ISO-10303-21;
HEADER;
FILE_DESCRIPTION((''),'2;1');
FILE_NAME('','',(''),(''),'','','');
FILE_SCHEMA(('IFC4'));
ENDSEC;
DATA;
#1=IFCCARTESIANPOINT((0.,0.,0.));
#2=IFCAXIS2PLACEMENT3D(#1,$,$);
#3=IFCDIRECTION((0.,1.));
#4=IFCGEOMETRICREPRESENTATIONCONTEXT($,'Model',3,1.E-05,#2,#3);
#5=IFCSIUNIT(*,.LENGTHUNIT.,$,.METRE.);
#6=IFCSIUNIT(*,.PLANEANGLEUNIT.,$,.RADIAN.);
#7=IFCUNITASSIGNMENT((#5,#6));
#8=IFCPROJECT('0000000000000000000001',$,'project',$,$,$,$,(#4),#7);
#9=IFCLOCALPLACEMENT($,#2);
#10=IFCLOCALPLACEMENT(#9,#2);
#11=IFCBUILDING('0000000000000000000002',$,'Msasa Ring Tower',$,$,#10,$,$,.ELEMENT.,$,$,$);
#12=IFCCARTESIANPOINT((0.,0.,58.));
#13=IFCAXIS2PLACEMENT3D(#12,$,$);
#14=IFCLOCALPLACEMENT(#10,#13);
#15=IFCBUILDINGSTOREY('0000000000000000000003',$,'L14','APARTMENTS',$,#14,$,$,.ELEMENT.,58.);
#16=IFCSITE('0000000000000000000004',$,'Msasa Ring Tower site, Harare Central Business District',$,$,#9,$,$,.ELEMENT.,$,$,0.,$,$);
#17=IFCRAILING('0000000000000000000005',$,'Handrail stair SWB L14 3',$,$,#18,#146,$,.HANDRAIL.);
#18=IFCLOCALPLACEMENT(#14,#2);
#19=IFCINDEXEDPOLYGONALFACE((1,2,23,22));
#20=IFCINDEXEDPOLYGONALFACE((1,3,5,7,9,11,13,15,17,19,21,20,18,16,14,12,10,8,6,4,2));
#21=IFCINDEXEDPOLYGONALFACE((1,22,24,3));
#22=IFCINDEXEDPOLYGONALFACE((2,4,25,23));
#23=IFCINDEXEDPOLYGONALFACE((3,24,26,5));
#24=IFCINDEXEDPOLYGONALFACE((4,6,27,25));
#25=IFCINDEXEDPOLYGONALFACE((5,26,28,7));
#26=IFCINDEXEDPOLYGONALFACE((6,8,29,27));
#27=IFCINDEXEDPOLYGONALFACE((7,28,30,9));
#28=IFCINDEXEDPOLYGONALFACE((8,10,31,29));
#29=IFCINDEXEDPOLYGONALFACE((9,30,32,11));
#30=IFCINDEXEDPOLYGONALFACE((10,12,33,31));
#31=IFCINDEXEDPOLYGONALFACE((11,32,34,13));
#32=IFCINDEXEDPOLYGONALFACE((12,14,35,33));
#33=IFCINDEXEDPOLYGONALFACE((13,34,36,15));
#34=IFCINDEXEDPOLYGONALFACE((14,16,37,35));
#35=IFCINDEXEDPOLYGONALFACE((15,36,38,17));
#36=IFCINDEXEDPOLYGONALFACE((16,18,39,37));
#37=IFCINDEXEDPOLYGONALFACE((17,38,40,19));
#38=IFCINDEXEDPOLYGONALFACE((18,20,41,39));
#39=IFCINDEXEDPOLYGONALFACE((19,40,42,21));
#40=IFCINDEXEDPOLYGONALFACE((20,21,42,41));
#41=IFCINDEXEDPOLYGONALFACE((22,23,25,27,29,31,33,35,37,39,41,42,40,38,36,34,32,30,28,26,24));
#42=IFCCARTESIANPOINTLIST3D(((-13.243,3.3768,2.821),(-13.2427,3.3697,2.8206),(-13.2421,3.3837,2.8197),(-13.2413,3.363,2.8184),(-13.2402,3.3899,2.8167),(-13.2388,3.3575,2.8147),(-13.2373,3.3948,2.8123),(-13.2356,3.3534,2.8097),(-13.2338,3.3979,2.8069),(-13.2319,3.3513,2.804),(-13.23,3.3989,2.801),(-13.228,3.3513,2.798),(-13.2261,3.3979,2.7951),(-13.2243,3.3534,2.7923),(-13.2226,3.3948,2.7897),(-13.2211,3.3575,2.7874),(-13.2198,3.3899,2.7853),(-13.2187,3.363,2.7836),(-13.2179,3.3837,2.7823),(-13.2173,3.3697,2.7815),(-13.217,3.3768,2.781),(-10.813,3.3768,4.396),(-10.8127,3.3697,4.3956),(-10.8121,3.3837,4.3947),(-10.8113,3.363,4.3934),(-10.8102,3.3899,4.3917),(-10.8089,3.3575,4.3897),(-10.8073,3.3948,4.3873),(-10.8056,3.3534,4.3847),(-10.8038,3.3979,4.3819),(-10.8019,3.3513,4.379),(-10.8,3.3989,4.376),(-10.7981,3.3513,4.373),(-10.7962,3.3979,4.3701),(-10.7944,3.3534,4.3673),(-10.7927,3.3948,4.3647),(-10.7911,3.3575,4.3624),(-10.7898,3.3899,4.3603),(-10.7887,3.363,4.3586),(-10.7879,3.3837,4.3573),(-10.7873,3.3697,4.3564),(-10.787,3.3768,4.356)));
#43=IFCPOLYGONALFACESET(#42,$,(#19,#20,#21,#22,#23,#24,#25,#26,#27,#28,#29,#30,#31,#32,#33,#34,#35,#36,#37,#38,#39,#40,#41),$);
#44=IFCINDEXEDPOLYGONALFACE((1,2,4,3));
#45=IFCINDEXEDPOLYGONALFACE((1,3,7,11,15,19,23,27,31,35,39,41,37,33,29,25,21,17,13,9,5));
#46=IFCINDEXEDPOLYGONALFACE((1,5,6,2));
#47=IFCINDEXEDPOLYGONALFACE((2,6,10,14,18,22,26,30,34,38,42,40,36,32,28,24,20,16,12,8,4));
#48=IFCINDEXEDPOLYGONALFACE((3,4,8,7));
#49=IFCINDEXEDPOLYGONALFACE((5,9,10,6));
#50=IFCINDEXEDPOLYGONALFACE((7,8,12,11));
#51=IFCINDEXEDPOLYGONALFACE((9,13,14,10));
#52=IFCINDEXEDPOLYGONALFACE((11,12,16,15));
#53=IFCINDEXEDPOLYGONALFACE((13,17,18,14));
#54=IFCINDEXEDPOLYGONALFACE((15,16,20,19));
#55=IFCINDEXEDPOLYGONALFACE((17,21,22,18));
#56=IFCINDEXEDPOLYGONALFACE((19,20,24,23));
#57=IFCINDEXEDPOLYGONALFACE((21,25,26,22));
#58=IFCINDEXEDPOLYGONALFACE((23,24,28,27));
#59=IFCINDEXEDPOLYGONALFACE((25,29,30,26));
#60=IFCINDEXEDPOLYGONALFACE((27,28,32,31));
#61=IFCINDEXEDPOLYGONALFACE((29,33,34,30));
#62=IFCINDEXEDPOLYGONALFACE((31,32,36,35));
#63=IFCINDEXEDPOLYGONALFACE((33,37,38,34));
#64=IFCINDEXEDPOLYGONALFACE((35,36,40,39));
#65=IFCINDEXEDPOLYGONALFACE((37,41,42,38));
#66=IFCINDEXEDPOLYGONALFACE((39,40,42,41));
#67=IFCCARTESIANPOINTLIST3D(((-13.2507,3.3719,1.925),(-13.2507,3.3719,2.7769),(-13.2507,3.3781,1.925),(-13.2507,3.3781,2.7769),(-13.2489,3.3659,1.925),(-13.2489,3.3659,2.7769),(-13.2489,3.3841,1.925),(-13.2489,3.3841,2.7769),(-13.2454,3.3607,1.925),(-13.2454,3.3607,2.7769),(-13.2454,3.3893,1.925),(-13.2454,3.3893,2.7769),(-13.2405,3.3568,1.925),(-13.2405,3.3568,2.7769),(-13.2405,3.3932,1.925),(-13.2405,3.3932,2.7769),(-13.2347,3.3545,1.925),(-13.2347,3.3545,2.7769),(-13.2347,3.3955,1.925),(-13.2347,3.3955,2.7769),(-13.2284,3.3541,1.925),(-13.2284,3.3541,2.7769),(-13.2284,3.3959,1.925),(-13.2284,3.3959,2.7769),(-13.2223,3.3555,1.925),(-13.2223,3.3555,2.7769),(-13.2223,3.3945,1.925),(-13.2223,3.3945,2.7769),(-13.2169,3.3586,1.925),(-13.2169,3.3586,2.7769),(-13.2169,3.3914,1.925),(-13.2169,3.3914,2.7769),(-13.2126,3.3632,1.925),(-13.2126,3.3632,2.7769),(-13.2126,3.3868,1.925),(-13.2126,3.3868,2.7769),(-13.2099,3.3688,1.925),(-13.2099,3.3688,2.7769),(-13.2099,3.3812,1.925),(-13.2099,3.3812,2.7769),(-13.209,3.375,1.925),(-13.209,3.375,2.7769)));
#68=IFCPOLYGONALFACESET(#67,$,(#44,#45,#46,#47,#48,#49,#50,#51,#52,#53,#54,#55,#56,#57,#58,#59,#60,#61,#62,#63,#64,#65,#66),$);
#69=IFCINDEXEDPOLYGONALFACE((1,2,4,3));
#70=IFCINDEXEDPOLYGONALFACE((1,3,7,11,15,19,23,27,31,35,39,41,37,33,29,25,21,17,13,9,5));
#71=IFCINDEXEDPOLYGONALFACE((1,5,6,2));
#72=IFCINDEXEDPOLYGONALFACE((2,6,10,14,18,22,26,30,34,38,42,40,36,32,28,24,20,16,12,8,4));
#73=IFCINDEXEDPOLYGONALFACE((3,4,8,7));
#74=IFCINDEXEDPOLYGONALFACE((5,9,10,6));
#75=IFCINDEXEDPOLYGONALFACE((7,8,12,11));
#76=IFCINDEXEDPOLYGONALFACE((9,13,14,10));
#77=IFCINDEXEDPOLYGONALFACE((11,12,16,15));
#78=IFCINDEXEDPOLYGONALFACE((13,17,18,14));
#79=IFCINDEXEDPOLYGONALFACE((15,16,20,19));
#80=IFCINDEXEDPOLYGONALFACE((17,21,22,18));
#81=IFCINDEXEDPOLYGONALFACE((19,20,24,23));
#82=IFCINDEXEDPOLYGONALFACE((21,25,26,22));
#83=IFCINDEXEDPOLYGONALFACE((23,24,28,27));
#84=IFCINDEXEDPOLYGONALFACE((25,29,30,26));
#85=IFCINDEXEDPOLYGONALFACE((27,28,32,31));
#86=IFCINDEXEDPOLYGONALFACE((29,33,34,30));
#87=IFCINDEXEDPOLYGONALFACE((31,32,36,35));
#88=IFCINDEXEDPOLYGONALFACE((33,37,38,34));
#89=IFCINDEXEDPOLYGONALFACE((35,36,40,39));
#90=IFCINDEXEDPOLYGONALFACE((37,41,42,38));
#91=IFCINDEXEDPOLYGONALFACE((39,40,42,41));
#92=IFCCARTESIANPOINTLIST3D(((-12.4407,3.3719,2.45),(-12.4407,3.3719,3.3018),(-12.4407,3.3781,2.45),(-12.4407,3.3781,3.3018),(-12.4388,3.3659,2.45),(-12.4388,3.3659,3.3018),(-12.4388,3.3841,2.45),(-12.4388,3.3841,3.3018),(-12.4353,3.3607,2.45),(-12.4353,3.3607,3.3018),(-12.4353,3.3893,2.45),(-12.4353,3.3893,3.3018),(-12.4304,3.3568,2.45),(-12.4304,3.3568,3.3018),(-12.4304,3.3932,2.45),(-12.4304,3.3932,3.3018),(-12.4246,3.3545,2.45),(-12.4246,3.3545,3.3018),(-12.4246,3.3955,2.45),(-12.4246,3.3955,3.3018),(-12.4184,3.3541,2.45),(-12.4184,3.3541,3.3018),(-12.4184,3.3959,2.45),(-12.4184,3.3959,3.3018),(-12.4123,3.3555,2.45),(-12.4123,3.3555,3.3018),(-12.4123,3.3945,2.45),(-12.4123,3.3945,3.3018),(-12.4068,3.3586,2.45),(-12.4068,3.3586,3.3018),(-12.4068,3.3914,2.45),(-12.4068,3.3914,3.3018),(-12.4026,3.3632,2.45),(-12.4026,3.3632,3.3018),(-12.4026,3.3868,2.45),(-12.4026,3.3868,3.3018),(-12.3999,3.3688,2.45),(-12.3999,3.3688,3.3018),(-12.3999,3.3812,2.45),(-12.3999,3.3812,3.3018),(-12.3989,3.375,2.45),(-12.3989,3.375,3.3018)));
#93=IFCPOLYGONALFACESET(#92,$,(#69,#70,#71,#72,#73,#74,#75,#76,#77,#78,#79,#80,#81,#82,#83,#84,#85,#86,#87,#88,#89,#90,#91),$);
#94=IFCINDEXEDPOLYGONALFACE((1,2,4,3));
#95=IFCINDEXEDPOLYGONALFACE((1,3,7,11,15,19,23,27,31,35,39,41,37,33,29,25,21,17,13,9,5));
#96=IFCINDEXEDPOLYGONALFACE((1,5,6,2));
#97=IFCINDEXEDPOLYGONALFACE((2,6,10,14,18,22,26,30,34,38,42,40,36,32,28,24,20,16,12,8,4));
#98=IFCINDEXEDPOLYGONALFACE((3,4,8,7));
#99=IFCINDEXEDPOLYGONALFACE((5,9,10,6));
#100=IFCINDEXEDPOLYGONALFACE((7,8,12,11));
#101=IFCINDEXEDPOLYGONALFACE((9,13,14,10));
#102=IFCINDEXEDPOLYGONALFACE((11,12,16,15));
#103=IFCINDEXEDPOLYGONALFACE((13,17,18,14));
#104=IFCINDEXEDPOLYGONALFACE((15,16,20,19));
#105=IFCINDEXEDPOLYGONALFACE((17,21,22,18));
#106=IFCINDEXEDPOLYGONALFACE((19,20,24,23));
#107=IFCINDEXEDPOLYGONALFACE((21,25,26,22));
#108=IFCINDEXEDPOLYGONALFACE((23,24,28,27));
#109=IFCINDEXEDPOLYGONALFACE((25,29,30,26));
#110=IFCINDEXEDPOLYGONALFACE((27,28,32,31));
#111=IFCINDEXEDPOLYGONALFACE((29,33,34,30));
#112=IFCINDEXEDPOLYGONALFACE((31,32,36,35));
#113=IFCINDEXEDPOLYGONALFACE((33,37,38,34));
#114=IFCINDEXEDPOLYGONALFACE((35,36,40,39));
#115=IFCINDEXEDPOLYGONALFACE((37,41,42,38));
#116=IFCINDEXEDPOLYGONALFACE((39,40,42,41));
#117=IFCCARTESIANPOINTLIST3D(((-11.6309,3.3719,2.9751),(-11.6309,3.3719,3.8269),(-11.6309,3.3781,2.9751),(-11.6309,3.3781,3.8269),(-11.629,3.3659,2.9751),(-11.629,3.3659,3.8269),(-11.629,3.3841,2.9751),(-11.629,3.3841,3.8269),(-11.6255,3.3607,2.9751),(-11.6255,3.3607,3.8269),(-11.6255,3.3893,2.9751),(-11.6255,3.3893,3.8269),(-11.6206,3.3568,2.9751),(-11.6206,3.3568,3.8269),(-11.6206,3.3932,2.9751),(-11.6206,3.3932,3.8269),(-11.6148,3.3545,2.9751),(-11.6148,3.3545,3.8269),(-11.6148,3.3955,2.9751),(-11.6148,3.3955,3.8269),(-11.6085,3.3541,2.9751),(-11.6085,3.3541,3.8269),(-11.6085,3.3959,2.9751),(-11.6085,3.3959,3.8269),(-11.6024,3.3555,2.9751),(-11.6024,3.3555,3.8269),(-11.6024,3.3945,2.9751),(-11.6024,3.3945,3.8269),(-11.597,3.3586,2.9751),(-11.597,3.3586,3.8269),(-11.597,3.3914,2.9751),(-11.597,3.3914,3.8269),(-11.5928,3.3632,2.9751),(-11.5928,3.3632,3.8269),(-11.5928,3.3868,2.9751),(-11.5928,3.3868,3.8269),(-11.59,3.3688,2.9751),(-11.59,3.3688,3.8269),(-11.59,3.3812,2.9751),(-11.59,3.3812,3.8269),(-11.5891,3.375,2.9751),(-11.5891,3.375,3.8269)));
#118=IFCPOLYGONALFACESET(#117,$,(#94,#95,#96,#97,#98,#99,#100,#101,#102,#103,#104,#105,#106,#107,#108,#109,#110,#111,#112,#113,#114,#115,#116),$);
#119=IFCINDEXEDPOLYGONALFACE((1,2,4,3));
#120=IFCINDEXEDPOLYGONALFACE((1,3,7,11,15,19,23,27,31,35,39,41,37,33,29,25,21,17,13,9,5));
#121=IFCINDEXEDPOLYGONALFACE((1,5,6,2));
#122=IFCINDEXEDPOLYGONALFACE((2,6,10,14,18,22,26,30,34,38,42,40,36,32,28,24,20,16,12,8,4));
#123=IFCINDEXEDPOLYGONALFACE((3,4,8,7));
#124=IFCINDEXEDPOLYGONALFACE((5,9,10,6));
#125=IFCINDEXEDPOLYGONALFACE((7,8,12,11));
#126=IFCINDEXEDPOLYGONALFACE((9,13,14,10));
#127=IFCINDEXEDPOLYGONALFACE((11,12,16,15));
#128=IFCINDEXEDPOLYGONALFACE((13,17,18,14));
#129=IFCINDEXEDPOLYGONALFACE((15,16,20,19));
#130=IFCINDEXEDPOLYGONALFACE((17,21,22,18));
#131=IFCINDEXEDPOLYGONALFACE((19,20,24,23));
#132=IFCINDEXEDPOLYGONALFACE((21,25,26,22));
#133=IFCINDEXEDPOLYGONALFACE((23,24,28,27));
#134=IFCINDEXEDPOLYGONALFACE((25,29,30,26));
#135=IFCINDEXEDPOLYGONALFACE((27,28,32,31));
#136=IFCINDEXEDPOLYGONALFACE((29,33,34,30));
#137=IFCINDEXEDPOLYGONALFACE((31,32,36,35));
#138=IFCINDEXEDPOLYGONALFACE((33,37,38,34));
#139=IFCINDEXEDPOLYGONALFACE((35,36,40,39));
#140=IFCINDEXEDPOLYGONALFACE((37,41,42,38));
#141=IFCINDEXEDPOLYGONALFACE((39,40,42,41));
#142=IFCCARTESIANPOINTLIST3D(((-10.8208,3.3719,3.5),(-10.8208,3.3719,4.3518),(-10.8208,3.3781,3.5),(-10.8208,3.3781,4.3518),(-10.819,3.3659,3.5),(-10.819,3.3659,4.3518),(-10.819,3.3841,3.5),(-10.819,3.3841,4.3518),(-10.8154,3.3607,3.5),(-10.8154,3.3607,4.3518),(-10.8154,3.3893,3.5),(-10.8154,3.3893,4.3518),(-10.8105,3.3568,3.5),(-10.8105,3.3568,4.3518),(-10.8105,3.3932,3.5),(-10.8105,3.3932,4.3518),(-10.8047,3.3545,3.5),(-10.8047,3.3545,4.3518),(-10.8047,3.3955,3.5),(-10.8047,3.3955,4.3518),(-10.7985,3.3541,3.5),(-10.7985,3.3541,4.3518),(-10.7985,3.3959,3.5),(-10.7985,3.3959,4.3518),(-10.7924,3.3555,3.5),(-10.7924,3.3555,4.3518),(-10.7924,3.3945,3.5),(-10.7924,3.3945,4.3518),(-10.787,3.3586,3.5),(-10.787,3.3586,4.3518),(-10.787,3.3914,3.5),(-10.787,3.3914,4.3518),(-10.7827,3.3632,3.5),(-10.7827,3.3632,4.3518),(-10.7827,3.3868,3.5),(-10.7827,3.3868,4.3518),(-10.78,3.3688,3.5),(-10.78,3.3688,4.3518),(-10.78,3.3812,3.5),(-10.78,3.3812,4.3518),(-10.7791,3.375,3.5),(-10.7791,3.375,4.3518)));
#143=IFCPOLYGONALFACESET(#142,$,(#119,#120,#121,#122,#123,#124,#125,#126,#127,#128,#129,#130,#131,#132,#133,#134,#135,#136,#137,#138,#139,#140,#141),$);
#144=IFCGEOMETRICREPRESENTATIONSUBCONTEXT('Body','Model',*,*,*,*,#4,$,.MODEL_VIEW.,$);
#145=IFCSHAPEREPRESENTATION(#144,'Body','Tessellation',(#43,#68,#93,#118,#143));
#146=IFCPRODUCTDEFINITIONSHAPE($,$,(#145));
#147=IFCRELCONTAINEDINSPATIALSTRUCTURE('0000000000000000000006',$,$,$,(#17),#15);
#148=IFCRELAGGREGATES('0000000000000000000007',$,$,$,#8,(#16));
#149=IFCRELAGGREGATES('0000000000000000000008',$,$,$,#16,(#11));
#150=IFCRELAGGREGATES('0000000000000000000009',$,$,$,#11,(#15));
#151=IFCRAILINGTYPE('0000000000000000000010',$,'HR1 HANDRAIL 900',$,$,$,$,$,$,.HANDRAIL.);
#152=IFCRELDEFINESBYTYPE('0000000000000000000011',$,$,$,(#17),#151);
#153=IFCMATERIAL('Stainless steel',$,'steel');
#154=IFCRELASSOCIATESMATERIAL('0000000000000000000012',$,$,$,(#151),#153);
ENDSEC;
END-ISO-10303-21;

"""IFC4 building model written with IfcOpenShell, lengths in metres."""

from ifc_helpers import new_model, si_unit, direction, frame, origin, origin_2d, place, context, subcontext, project, spatial, circle, extrude, material, type_object, element, save


model = new_model("IFC4")

# Units and contexts
model_context = context("Model", 3, precision=1e-05, world=origin(), true_north=direction((0.0, 1.0)))
body_context = subcontext(model_context, "Body", "Model", "MODEL_VIEW")
ifc_project = project(units=[si_unit("LENGTHUNIT", "METRE"), si_unit("PLANEANGLEUNIT", "RADIAN")], contexts=[model_context])

# Site, building, storey
site_placement = place(None, origin())
site = spatial("IfcSite", under=ifc_project, at=site_placement, Name="Msasa Ring Tower site, Harare Central Business District", CompositionType="ELEMENT", RefElevation=0.0)
building_placement = place(site_placement, origin())
building = spatial("IfcBuilding", under=site, at=building_placement, Name="Msasa Ring Tower", CompositionType="ELEMENT")
storey_placement = place(building_placement, frame((0.0, 0.0, 58.0)))
storey = spatial("IfcBuildingStorey", under=building, at=storey_placement, Name="L14", Description="APARTMENTS", CompositionType="ELEMENT", Elevation=58.0)

# Railing
ifc_material_1 = material(Name="Stainless steel", Category="steel")
railing_type = type_object("IfcRailingType", Name="HR1 HANDRAIL 900", PredefinedType="HANDRAIL", material=ifc_material_1)
for number, where, name in (
    (1, (-13.23, 3.375, 1.925), "Handrail stair SWB L14 3"),
):
    element("IfcRailing", number, at=place(storey_placement, frame(where)), inside=storey, type_object=railing_type, Name=name, PredefinedType="HANDRAIL", context=body_context, shape_type="SweptSolid", body=[
        extrude(circle(Radius=0.0239, at=origin_2d()), frame((0.0, 0.0, 0.876), z_axis=(0.839154, 0.0, 0.543894), x_axis=(0.0, 1.0, 0.0)), (0.0, 0.0, 1.0), 2.8958),
        extrude(circle(Radius=0.021, at=origin_2d()), origin(), (0.0, 0.0, 1.0), 0.8518),
        extrude(circle(Radius=0.021, at=origin_2d()), frame((0.8101, 0.0, 0.5249)), (0.0, 0.0, 1.0), 0.8518),
        extrude(circle(Radius=0.021, at=origin_2d()), frame((1.6199, 0.0, 1.05)), (0.0, 0.0, 1.0), 0.8518),
        extrude(circle(Radius=0.021, at=origin_2d()), frame((2.4299, 0.0, 1.575)), (0.0, 0.0, 1.0), 0.8518),
    ])

save(model, "model.ifc")
